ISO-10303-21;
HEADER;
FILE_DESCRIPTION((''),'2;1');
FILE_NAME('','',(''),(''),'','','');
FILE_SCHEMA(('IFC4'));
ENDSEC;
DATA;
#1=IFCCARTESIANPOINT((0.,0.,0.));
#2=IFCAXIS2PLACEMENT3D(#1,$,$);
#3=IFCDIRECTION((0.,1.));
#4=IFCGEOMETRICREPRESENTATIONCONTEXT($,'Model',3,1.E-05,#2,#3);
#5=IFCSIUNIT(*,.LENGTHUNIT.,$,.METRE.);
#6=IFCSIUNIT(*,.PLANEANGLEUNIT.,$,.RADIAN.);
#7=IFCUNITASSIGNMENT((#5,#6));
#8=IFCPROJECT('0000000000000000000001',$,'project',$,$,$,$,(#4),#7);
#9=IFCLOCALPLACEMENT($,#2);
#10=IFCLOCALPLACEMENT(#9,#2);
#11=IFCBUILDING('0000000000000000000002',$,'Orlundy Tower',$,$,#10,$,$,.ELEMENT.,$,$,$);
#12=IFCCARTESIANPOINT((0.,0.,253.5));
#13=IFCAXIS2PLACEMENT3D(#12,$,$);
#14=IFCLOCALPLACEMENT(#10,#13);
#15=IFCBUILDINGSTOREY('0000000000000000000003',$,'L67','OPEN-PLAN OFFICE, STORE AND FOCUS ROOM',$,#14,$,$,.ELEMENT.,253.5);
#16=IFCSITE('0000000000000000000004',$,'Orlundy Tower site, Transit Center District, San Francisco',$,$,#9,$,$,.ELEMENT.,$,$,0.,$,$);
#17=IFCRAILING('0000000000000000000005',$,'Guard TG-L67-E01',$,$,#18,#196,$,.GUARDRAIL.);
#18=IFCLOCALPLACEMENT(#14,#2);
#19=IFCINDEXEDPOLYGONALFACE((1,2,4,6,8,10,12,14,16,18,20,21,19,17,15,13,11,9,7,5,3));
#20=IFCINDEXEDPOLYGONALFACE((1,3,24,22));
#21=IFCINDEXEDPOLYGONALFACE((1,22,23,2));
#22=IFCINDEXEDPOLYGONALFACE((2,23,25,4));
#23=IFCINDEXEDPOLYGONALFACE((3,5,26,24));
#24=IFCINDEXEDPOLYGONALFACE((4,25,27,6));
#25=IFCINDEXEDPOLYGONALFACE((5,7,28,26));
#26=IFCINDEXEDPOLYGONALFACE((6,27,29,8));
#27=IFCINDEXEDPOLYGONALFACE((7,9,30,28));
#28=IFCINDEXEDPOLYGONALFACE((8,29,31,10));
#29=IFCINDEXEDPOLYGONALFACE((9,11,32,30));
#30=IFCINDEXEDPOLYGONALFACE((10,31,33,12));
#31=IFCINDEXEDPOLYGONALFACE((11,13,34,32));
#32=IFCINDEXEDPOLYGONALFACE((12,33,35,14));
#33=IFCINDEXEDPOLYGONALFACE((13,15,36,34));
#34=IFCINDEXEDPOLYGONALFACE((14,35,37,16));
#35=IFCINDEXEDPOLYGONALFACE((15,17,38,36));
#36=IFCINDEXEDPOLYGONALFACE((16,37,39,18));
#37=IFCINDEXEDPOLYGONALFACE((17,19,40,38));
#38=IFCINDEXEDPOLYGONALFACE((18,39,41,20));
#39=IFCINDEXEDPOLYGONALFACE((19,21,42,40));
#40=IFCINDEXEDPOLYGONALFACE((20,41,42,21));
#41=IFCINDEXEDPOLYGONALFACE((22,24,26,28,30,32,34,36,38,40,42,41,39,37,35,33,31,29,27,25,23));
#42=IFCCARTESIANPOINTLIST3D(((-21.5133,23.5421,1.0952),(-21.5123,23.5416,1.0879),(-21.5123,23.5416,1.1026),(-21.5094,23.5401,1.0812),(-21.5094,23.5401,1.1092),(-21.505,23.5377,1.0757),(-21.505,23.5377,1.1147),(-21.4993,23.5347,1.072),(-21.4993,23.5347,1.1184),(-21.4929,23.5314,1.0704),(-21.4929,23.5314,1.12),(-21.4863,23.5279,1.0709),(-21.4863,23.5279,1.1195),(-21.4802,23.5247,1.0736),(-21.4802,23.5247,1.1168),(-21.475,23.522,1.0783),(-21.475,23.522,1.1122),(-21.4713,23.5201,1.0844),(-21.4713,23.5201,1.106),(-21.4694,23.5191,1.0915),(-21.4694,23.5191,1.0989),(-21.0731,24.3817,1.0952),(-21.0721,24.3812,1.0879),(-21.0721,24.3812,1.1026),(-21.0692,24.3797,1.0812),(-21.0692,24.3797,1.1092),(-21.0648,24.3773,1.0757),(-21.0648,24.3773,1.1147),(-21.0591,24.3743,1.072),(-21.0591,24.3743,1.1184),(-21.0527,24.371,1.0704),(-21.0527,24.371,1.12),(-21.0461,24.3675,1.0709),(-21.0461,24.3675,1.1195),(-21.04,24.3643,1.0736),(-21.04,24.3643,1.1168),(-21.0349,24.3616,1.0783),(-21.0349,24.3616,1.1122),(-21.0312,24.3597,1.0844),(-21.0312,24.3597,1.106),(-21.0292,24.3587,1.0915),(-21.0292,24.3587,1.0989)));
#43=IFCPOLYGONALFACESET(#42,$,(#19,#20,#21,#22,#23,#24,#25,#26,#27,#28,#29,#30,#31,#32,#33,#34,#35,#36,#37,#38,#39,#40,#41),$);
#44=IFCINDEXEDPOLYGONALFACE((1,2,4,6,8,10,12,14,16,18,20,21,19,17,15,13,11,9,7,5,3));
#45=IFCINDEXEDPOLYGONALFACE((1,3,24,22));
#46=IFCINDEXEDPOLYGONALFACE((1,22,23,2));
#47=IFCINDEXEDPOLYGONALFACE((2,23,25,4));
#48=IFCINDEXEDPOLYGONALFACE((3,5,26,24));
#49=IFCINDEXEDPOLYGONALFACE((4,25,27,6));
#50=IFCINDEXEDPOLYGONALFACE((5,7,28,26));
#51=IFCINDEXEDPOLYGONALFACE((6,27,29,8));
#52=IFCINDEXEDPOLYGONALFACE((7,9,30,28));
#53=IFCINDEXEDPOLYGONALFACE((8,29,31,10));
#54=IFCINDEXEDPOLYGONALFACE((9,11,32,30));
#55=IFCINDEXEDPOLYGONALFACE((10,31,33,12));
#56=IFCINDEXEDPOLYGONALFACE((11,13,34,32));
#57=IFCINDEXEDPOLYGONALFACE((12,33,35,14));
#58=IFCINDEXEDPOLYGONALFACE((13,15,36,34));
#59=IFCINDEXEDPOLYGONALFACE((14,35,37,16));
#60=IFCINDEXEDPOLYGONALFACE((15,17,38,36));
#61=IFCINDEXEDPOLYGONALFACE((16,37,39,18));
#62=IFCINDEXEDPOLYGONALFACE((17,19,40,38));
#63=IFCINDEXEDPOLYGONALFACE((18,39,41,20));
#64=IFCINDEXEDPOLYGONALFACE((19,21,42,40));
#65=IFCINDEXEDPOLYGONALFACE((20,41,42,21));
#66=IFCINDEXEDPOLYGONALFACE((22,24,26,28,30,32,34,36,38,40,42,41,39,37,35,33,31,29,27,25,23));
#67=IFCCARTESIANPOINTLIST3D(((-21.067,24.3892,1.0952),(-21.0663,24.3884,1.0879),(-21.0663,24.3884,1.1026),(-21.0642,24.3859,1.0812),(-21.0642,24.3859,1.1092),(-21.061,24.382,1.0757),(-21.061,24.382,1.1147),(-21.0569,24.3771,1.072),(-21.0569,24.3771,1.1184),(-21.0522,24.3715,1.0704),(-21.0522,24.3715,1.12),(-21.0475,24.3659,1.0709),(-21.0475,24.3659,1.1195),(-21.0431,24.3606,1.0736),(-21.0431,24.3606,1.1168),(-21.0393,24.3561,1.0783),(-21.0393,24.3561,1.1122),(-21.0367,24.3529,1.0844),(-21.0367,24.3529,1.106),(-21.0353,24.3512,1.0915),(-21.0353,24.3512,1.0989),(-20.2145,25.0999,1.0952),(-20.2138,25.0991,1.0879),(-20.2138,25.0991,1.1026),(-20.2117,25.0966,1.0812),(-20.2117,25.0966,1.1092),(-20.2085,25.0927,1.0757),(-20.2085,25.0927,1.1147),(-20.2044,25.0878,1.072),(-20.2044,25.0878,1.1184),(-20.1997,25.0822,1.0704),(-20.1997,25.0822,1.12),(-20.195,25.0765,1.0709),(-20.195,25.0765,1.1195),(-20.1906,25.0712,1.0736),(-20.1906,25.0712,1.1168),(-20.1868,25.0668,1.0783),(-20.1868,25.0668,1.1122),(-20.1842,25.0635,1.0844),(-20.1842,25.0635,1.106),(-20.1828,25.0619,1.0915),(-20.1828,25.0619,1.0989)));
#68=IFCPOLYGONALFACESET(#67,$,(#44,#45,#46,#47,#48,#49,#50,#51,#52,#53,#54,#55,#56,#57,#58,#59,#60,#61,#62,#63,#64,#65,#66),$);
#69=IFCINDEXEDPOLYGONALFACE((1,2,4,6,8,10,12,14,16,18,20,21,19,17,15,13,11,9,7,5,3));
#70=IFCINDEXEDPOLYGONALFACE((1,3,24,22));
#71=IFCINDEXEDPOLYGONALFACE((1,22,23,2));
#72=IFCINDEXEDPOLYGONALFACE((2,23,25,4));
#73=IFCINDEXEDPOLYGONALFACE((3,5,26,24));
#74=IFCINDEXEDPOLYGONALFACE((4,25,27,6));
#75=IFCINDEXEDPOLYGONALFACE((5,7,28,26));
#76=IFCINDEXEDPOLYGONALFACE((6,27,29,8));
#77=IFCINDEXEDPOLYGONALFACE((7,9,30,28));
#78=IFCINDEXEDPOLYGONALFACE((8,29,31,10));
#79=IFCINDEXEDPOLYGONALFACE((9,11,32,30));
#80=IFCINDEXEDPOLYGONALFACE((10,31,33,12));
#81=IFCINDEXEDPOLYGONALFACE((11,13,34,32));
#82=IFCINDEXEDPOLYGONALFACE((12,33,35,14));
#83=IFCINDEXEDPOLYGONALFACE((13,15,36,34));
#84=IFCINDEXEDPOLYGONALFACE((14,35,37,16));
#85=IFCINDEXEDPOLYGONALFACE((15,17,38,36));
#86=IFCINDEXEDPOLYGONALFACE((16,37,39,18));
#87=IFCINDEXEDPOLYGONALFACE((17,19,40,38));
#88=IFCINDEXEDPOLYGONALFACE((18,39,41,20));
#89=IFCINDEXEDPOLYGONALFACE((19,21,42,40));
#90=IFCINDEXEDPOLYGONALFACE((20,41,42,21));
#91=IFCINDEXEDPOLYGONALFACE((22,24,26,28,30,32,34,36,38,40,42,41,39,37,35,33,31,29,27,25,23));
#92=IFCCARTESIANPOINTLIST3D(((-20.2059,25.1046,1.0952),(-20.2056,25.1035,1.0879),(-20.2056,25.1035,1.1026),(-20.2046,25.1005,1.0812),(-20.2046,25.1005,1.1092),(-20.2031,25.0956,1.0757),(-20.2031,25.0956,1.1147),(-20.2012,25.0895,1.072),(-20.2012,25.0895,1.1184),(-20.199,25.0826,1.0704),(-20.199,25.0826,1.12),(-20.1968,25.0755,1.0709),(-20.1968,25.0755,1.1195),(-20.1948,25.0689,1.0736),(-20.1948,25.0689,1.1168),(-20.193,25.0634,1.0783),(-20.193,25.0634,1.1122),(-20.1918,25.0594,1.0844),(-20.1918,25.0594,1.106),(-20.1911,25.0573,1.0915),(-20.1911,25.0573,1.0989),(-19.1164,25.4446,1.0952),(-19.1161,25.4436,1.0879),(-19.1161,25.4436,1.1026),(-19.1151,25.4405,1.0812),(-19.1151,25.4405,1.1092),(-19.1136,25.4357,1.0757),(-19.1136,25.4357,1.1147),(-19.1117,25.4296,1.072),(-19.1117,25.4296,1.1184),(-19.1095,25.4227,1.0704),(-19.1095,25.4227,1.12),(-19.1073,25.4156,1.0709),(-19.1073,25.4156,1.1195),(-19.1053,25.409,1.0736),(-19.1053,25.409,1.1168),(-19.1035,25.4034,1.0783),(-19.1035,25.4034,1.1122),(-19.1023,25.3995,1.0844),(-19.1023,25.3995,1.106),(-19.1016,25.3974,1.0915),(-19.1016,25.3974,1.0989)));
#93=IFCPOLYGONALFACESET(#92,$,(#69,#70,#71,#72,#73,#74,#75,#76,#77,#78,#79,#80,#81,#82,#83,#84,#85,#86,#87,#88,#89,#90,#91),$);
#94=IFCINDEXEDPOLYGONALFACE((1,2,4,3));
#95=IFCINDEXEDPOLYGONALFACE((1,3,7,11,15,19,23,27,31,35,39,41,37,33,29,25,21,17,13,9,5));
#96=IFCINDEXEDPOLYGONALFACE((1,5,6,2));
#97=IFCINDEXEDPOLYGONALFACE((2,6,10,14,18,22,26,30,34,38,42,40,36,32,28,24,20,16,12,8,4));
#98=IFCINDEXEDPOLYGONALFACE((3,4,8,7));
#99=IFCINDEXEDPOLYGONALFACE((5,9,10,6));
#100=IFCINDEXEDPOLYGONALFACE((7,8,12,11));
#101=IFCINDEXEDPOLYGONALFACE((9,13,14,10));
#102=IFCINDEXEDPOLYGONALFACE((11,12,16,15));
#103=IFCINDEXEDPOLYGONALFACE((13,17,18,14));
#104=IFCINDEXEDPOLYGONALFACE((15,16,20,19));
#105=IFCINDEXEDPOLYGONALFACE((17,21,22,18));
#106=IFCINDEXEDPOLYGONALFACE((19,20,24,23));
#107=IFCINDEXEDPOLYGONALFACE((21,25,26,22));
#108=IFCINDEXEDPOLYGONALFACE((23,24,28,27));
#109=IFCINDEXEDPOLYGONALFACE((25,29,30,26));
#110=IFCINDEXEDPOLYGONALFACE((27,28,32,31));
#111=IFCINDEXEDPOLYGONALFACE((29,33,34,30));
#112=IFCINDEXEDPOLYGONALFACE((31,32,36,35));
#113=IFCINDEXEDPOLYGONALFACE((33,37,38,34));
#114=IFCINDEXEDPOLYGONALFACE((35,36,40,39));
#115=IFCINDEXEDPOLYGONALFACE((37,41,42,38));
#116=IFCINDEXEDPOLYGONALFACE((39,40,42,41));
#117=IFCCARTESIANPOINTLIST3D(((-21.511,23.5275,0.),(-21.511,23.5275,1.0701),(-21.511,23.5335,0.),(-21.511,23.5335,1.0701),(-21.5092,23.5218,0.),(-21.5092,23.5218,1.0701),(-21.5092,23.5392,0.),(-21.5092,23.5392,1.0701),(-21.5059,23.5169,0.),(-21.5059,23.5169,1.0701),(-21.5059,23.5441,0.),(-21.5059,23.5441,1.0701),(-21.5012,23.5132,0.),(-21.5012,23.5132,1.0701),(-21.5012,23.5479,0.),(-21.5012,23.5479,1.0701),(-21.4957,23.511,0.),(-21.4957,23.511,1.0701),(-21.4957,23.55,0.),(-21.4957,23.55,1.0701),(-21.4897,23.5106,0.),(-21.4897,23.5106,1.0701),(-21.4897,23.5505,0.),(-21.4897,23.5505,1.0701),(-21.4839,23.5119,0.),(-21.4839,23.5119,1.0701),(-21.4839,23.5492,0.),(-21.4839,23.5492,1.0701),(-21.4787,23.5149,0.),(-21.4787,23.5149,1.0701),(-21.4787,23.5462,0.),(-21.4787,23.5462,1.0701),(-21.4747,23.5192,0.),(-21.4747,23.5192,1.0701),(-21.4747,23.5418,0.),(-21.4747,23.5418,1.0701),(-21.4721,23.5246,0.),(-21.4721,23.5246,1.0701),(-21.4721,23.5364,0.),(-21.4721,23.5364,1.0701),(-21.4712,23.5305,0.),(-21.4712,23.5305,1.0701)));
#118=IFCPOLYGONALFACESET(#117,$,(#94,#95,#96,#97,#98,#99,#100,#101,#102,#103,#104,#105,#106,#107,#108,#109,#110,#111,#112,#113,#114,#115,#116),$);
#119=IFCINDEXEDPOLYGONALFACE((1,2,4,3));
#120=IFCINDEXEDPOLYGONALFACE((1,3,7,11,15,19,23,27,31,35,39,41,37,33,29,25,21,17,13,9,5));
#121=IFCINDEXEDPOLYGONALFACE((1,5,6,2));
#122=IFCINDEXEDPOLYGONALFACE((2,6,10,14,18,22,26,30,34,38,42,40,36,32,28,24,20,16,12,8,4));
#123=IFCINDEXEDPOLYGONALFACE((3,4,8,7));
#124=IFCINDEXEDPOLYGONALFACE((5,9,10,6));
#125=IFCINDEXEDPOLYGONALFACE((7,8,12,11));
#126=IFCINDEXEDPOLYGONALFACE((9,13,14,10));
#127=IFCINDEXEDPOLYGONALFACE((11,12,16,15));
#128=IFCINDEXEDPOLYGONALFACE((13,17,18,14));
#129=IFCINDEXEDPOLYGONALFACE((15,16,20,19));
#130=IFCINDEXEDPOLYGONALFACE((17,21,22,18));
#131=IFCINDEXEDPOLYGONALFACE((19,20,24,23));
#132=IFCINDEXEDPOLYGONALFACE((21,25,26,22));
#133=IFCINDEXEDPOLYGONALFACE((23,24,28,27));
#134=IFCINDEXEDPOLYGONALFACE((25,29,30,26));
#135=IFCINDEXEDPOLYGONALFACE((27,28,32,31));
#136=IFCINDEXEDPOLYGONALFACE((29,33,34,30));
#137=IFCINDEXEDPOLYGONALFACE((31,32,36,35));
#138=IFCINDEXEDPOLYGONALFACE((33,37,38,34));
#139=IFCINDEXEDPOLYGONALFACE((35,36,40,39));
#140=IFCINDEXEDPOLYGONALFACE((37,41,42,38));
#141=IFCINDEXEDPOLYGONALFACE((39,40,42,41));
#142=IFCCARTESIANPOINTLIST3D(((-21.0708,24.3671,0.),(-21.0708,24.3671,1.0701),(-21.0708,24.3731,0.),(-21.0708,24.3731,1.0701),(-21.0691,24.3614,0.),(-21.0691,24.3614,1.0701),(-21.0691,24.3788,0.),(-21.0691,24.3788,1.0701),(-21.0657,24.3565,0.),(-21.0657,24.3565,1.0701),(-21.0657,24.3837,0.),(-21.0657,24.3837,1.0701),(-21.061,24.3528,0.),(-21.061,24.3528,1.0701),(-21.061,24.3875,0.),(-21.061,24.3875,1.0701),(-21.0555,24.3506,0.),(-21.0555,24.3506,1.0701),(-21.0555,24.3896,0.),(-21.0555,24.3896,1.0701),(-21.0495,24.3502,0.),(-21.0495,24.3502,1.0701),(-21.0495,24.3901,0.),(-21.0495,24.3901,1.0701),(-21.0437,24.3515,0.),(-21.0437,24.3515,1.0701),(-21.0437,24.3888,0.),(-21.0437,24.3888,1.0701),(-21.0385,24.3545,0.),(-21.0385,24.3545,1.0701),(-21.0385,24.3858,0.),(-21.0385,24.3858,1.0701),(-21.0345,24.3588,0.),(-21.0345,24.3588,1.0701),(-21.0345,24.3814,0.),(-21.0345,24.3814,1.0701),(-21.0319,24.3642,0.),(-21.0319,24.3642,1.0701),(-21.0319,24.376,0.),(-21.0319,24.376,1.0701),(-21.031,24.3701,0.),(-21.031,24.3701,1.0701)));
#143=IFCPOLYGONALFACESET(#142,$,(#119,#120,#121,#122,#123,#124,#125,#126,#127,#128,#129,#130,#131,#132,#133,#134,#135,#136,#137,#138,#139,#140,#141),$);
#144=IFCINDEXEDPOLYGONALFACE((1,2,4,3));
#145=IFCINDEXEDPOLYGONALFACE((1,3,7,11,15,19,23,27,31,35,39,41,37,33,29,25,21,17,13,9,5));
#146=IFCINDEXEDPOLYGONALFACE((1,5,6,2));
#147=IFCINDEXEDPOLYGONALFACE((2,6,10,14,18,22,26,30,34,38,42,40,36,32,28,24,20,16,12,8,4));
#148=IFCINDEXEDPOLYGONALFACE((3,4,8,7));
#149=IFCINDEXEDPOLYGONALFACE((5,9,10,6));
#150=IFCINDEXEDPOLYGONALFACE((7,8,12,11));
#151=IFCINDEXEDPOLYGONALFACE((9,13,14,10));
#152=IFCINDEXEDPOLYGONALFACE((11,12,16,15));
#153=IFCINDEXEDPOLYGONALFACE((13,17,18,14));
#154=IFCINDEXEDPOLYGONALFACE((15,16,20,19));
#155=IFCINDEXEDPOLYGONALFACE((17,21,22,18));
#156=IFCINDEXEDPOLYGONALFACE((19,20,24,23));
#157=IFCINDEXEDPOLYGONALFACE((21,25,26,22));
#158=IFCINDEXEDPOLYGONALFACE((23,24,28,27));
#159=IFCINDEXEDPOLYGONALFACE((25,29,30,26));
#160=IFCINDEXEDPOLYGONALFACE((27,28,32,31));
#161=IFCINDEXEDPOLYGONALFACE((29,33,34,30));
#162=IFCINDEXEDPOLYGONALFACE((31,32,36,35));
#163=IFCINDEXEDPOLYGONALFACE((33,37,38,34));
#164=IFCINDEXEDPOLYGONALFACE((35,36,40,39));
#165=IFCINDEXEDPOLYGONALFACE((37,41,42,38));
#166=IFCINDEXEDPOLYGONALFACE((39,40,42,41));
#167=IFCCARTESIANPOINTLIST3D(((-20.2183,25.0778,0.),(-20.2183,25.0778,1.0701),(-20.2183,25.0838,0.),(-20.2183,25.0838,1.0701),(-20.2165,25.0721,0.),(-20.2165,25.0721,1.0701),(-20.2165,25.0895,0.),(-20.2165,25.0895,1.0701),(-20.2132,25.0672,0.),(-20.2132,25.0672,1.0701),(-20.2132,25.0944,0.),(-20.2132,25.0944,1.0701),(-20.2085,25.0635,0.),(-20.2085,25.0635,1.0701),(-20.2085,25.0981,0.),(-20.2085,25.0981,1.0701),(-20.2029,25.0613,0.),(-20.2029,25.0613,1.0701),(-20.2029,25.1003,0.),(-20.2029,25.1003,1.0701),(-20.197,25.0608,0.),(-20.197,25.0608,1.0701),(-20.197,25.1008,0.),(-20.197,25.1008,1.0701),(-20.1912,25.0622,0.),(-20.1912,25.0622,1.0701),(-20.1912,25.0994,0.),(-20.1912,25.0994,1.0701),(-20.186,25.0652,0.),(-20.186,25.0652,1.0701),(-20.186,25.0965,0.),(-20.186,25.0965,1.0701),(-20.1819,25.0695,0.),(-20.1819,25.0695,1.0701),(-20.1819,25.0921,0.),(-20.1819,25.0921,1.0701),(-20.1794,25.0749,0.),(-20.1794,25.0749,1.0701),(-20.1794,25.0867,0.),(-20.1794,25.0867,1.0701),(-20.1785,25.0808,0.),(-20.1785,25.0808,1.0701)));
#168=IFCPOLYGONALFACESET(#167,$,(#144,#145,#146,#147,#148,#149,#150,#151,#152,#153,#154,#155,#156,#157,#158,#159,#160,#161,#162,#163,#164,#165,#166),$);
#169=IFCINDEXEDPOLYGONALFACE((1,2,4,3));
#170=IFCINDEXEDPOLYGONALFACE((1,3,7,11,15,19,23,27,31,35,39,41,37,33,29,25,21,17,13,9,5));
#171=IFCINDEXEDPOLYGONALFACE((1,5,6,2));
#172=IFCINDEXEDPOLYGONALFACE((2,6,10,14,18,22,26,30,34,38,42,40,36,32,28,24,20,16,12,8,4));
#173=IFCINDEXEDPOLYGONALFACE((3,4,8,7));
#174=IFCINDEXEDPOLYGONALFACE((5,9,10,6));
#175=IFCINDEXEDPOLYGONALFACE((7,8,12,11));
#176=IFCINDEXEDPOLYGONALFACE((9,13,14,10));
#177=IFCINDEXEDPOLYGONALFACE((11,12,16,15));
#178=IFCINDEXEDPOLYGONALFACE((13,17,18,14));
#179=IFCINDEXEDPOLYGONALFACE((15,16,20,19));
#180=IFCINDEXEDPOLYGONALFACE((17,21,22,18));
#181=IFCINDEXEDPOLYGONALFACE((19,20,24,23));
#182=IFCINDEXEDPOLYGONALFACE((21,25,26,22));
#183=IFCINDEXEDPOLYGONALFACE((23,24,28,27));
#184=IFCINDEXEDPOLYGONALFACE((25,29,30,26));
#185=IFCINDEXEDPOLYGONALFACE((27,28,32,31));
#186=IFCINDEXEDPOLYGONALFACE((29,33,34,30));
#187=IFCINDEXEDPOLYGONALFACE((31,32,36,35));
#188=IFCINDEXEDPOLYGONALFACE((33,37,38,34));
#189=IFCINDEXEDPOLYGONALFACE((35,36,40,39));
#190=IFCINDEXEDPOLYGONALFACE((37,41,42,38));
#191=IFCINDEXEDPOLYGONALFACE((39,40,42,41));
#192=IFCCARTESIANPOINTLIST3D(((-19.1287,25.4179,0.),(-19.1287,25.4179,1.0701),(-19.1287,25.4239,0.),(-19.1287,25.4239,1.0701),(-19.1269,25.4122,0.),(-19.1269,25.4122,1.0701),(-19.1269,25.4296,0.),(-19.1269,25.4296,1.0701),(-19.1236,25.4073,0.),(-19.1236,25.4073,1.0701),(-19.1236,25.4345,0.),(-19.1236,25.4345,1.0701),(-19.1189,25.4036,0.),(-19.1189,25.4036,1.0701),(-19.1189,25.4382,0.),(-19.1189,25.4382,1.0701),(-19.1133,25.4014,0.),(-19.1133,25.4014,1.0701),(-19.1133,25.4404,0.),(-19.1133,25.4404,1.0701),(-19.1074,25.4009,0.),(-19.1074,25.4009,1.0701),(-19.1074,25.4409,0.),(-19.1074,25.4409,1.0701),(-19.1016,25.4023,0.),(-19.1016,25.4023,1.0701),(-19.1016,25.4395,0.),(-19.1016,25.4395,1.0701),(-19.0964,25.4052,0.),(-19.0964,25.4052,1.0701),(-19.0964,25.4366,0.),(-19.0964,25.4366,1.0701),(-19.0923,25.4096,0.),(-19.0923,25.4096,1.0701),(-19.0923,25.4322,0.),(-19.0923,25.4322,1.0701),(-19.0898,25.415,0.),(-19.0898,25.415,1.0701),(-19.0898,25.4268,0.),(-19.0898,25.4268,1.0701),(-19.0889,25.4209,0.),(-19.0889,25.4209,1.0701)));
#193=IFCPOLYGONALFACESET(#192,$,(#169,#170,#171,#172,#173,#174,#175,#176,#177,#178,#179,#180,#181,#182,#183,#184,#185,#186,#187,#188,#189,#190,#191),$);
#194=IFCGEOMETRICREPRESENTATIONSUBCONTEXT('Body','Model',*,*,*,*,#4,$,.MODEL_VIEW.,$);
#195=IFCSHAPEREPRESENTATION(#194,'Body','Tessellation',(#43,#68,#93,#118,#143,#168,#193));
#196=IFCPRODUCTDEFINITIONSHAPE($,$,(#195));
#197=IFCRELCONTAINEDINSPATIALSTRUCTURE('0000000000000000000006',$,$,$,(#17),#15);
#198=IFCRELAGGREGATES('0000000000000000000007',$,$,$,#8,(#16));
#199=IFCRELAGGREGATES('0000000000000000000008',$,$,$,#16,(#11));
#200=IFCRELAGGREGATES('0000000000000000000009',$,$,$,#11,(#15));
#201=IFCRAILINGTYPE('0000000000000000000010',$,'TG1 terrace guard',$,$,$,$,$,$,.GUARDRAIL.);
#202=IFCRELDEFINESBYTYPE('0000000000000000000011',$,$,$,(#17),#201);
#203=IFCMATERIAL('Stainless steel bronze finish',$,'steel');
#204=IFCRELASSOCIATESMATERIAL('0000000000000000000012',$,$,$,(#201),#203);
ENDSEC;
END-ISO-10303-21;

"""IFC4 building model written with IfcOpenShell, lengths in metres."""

from ifc_helpers import new_model, si_unit, direction, frame, origin, origin_2d, place, context, subcontext, project, spatial, circle, extrude, material, type_object, element, save


model = new_model("IFC4")

# Units and contexts
model_context = context("Model", 3, precision=1e-05, world=origin(), true_north=direction((0.0, 1.0)))
body_context = subcontext(model_context, "Body", "Model", "MODEL_VIEW")
ifc_project = project(units=[si_unit("LENGTHUNIT", "METRE"), si_unit("PLANEANGLEUNIT", "RADIAN")], contexts=[model_context])

# Site, building, storey
site_placement = place(None, origin())
site = spatial("IfcSite", under=ifc_project, at=site_placement, Name="Orlundy Tower site, Transit Center District, San Francisco", CompositionType="ELEMENT", RefElevation=0.0)
building_placement = place(site_placement, origin())
building = spatial("IfcBuilding", under=site, at=building_placement, Name="Orlundy Tower", CompositionType="ELEMENT")
storey_placement = place(building_placement, frame((0.0, 0.0, 253.5)))
storey = spatial("IfcBuildingStorey", under=building, at=storey_placement, Name="L67", Description="OPEN-PLAN OFFICE, STORE AND FOCUS ROOM", CompositionType="ELEMENT", Elevation=253.5)

# Railing
ifc_material_1 = material(Name="Stainless steel bronze finish", Category="steel")
railing_type_1 = type_object("IfcRailingType", Name="TG1 terrace guard", PredefinedType="GUARDRAIL", material=ifc_material_1)
railing_1_placement = place(storey_placement, frame((-21.4912, 23.5305, 0.0)))
element("IfcRailing", 1, at=railing_1_placement, inside=storey, type_object=railing_type_1, Name="Guard TG-L67-E01", PredefinedType="GUARDRAIL", context=body_context, shape_type="SweptSolid", body=[
    extrude(circle(Radius=0.0249, at=origin_2d()), frame((0.0, 0.0, 1.0952), z_axis=(0.464334, 0.88566, 0.0), x_axis=(-0.88566, 0.464334, 0.0)), (0.0, 0.0, 1.0), 0.948),
    extrude(circle(Radius=0.0249, at=origin_2d()), frame((0.4402, 0.8396, 1.0952), z_axis=(0.768113, 0.640314, 0.0), x_axis=(-0.640314, 0.768113, 0.0)), (0.0, 0.0, 1.0), 1.1099),
    extrude(circle(Radius=0.0249, at=origin_2d()), frame((1.2927, 1.5503, 1.0952), z_axis=(0.954583, 0.297946, 0.0), x_axis=(-0.297946, 0.954583, 0.0)), (0.0, 0.0, 1.0), 1.1414),
    extrude(circle(Radius=0.02, at=origin_2d()), origin(), (0.0, 0.0, 1.0), 1.0701),
    extrude(circle(Radius=0.02, at=origin_2d()), frame((0.4402, 0.8396, 0.0)), (0.0, 0.0, 1.0), 1.0701),
    extrude(circle(Radius=0.02, at=origin_2d()), frame((1.2927, 1.5503, 0.0)), (0.0, 0.0, 1.0), 1.0701),
    extrude(circle(Radius=0.02, at=origin_2d()), frame((2.3823, 1.8904, 0.0)), (0.0, 0.0, 1.0), 1.0701),
])

save(model, "model.ifc")
